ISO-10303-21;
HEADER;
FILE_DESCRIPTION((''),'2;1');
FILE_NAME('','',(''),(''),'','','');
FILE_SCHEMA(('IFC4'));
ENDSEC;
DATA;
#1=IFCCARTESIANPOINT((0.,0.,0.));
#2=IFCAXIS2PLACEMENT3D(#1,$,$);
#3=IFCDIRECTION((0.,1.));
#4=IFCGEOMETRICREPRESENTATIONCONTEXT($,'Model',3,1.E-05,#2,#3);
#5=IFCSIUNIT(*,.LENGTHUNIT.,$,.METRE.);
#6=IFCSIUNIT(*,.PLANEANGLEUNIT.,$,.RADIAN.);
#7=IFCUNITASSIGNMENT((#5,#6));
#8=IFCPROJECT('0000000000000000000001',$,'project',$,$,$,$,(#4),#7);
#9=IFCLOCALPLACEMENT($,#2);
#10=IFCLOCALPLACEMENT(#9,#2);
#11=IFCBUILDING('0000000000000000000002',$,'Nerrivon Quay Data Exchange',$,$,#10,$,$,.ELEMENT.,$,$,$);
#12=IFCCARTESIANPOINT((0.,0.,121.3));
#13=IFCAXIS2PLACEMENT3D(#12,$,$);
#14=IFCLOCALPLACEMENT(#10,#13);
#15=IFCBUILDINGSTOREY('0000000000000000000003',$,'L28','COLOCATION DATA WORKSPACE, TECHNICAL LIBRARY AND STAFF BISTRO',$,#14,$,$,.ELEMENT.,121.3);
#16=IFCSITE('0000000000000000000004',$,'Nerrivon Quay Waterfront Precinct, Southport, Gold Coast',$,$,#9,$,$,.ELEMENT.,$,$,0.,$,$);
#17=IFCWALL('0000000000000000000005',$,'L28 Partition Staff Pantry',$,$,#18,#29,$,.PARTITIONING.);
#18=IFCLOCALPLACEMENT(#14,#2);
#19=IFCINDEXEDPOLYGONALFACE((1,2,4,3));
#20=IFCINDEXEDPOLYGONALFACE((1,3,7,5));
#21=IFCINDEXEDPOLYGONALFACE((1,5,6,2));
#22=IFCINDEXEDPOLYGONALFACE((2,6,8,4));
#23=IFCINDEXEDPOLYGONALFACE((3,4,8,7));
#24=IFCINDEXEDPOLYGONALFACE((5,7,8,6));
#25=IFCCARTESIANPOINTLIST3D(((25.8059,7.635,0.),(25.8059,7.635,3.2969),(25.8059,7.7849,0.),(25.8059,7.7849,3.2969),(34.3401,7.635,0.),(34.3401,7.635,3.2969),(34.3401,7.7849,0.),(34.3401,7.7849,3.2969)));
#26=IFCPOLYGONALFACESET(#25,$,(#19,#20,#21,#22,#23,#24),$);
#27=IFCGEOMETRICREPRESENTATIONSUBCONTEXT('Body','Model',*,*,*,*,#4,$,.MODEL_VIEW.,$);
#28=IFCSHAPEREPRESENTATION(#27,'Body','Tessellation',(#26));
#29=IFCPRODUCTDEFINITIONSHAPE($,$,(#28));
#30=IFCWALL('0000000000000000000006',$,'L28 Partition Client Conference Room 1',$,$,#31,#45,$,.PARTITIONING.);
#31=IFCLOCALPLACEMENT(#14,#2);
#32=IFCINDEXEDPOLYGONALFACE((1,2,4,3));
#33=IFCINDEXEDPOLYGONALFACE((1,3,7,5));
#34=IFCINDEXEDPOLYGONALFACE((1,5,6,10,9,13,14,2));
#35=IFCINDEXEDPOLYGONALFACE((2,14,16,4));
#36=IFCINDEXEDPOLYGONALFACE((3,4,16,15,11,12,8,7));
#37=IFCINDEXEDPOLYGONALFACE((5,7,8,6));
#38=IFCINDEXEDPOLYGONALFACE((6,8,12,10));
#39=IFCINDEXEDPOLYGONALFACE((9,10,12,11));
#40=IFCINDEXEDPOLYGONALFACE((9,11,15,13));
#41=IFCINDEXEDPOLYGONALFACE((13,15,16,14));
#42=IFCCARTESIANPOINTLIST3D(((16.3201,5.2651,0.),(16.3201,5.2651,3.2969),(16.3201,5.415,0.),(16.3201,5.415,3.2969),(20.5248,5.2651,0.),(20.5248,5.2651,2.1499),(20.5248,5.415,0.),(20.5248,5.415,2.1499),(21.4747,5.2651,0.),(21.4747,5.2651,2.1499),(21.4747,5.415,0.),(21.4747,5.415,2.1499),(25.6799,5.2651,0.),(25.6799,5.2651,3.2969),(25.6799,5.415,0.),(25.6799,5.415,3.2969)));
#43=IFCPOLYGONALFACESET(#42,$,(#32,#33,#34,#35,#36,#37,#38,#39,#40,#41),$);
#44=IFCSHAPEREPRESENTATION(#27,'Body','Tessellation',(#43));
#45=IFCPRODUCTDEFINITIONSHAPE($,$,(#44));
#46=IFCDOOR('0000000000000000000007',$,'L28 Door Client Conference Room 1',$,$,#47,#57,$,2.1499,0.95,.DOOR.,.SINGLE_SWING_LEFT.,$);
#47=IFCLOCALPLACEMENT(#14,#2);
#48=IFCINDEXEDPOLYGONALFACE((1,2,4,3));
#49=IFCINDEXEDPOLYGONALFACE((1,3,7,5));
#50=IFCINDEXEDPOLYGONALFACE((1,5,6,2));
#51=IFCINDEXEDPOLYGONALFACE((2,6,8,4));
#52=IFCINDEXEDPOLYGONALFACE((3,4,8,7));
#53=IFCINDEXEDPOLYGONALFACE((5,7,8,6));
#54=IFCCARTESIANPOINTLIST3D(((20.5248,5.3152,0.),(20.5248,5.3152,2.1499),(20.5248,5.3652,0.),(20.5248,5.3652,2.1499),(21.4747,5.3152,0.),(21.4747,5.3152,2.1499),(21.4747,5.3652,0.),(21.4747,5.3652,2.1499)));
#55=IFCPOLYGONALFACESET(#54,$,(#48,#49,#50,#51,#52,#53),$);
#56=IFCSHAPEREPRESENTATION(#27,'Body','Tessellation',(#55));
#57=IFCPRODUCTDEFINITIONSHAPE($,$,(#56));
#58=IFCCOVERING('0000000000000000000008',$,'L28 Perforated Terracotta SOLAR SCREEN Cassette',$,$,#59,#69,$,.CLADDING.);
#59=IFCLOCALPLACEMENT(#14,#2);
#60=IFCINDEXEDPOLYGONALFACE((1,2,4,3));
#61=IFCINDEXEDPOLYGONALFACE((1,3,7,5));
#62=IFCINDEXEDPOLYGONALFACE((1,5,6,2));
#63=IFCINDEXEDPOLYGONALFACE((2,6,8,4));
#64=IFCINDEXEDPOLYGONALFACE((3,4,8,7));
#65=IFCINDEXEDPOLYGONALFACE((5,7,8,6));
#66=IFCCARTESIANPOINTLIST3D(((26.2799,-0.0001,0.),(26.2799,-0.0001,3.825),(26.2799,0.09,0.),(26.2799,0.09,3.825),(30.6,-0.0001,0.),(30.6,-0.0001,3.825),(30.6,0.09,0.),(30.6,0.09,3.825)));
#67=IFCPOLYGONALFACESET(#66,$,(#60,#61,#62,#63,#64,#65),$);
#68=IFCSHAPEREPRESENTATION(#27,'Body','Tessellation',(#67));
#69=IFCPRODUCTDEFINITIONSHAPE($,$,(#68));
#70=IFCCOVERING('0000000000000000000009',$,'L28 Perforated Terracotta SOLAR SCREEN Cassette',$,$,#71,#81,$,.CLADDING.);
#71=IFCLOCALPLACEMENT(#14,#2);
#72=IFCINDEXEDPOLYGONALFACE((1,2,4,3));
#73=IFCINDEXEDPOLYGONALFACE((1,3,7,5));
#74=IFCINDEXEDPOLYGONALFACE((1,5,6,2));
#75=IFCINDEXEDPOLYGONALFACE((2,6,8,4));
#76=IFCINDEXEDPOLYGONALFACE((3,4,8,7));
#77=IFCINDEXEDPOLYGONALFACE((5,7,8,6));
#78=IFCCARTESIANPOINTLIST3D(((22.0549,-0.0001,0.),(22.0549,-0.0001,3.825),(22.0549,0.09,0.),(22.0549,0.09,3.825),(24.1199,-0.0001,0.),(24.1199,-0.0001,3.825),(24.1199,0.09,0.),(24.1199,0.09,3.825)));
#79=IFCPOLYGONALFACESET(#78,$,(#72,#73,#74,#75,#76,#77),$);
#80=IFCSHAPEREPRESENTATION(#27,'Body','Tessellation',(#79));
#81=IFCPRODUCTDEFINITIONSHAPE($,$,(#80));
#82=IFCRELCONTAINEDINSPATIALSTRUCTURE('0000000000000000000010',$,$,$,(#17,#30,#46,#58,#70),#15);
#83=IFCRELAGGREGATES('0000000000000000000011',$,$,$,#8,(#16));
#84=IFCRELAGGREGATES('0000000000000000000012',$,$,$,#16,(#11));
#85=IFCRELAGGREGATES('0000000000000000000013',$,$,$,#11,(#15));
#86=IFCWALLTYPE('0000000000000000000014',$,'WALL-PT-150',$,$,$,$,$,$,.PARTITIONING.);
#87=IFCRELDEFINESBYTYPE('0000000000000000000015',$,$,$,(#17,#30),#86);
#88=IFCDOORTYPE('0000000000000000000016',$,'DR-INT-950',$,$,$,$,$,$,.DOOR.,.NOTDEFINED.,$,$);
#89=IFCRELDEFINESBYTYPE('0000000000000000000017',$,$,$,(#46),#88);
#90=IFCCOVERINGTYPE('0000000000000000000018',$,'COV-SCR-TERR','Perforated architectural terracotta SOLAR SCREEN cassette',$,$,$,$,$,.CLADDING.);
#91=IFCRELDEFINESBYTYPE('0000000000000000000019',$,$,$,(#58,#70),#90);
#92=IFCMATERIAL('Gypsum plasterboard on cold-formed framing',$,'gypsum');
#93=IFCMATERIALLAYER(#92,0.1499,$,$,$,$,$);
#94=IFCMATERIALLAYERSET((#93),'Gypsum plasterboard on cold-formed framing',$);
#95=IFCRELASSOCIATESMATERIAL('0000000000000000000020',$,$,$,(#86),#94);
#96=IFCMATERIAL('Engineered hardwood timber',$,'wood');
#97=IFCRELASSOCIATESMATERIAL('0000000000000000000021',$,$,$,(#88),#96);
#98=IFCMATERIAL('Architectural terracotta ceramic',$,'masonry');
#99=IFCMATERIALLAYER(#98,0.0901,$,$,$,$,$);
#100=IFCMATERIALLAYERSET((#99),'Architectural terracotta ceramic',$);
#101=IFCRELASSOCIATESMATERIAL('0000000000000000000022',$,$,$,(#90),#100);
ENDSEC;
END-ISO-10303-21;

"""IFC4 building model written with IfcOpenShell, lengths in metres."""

from ifc_helpers import new_model, si_unit, direction, frame, frame_2d, origin, origin_2d, place, context, subcontext, project, spatial, rectangle, extrude, material, layer, layer_set, type_object, element, fill, save


model = new_model("IFC4")

# Units and contexts
model_context = context("Model", 3, precision=1e-05, world=origin(), true_north=direction((0.0, 1.0)))
body_context = subcontext(model_context, "Body", "Model", "MODEL_VIEW")
ifc_project = project(units=[si_unit("LENGTHUNIT", "METRE"), si_unit("PLANEANGLEUNIT", "RADIAN")], contexts=[model_context])

# Site, building, storey
site_placement = place(None, origin())
site = spatial("IfcSite", under=ifc_project, at=site_placement, Name="Nerrivon Quay Waterfront Precinct, Southport, Gold Coast", CompositionType="ELEMENT", RefElevation=0.0)
building_placement = place(site_placement, origin())
building = spatial("IfcBuilding", under=site, at=building_placement, Name="Nerrivon Quay Data Exchange", CompositionType="ELEMENT")
storey_placement = place(building_placement, frame((0.0, 0.0, 121.3)))
storey = spatial("IfcBuildingStorey", under=building, at=storey_placement, Name="L28", Description="COLOCATION DATA WORKSPACE, TECHNICAL LIBRARY AND STAFF BISTRO", CompositionType="ELEMENT", Elevation=121.3)

# Shared definitions
ifc_material_1 = material(Name="Gypsum plasterboard on cold-formed framing", Category="gypsum")
ifc_material_2 = material(Name="Engineered hardwood timber", Category="wood")

# Wall
ifc_layer_1 = layer(ifc_material_1, 0.1499)
ifc_layer_set_1 = layer_set([ifc_layer_1], Name="Gypsum plasterboard on cold-formed framing")
wall_type_1 = type_object("IfcWallType", Name="WALL-PT-150", PredefinedType="PARTITIONING", material=ifc_layer_set_1)
wall_1_placement = place(storey_placement, frame((25.8059, 7.71, 0.0), z_axis=(0.0, 0.0, 1.0), x_axis=(1.0, 0.0, 0.0)))
element("IfcWall", 1, at=wall_1_placement, inside=storey, type_object=wall_type_1, Name="L28 Partition Staff Pantry", PredefinedType="PARTITIONING", context=body_context, shape_type="SweptSolid", body=[
    extrude(rectangle(XDim=8.5342, YDim=0.1499, at=frame_2d((4.2671, 0.0))), origin(), (0.0, 0.0, 1.0), 3.2969),
])

# Wall, opening, door
wall_2_placement = place(storey_placement, frame((25.6799, 5.3401, 0.0), z_axis=(0.0, 0.0, 1.0), x_axis=(-1.0, 0.0, 0.0)))
wall_2 = element("IfcWall", 2, at=wall_2_placement, inside=storey, type_object=wall_type_1, Name="L28 Partition Client Conference Room 1", PredefinedType="PARTITIONING", context=body_context, shape_type="SweptSolid", body=[
    extrude(rectangle(XDim=9.3599, YDim=0.1499, at=frame_2d((4.6799, 0.0))), origin(), (0.0, 0.0, 1.0), 3.2969),
])
opening_1_placement = place(wall_2_placement, frame((4.2051, 0.0, 0.0)))
opening_1 = element("IfcOpeningElement", 3, at=opening_1_placement, cuts=wall_2, PredefinedType="OPENING", context=body_context, shape_type="SweptSolid", body=[
    extrude(rectangle(XDim=0.95, YDim=2.1499, at=frame_2d((0.4751, 1.075))), frame((0.0, 0.085, 0.0), z_axis=(0.0, -1.0, 0.0), x_axis=(1.0, 0.0, 0.0)), (0.0, 0.0, 1.0), 0.1699),
])
door_type_1 = type_object("IfcDoorType", Name="DR-INT-950", OperationType="NOTDEFINED", PredefinedType="DOOR", material=ifc_material_2)
door_1_placement = place(opening_1_placement, origin())
door_1 = element("IfcDoor", 4, at=door_1_placement, inside=storey, type_object=door_type_1, Name="L28 Door Client Conference Room 1", OperationType="SINGLE_SWING_LEFT", OverallHeight=2.1499, OverallWidth=0.95, PredefinedType="DOOR", context=body_context, shape_type="SweptSolid", body=[
    extrude(rectangle(XDim=0.95, YDim=2.1499, at=frame_2d((0.4751, 1.075))), frame((0.0, 0.0249, 0.0), z_axis=(0.0, -1.0, 0.0), x_axis=(1.0, 0.0, 0.0)), (0.0, 0.0, 1.0), 0.05),
])
fill(opening_1, door_1)

# Coverings
ifc_material_3 = material(Name="Architectural terracotta ceramic", Category="masonry")
ifc_layer_2 = layer(ifc_material_3, 0.0901)
ifc_layer_set_2 = layer_set([ifc_layer_2], Name="Architectural terracotta ceramic")
covering_type = type_object("IfcCoveringType", Name="COV-SCR-TERR", Description="Perforated architectural terracotta SOLAR SCREEN cassette", PredefinedType="CLADDING", material=ifc_layer_set_2)
covering_1_placement = place(storey_placement, frame((28.4399, 0.0449, 0.0), z_axis=(0.0, 0.0, 1.0), x_axis=(-1.0, 0.0, 0.0)))
element("IfcCovering", 5, at=covering_1_placement, inside=storey, type_object=covering_type, Name="L28 Perforated Terracotta SOLAR SCREEN Cassette", PredefinedType="CLADDING", context=body_context, shape_type="SweptSolid", body=[
    extrude(rectangle(XDim=4.3201, YDim=0.0901, at=origin_2d()), origin(), (0.0, 0.0, 1.0), 3.825),
])
covering_2_placement = place(storey_placement, frame((23.0874, 0.0449, 0.0), z_axis=(0.0, 0.0, 1.0), x_axis=(-1.0, 0.0, 0.0)))
element("IfcCovering", 6, at=covering_2_placement, inside=storey, type_object=covering_type, Name="L28 Perforated Terracotta SOLAR SCREEN Cassette", PredefinedType="CLADDING", context=body_context, shape_type="SweptSolid", body=[
    extrude(rectangle(XDim=2.0649, YDim=0.0901, at=origin_2d()), origin(), (0.0, 0.0, 1.0), 3.825),
])

save(model, "model.ifc")
